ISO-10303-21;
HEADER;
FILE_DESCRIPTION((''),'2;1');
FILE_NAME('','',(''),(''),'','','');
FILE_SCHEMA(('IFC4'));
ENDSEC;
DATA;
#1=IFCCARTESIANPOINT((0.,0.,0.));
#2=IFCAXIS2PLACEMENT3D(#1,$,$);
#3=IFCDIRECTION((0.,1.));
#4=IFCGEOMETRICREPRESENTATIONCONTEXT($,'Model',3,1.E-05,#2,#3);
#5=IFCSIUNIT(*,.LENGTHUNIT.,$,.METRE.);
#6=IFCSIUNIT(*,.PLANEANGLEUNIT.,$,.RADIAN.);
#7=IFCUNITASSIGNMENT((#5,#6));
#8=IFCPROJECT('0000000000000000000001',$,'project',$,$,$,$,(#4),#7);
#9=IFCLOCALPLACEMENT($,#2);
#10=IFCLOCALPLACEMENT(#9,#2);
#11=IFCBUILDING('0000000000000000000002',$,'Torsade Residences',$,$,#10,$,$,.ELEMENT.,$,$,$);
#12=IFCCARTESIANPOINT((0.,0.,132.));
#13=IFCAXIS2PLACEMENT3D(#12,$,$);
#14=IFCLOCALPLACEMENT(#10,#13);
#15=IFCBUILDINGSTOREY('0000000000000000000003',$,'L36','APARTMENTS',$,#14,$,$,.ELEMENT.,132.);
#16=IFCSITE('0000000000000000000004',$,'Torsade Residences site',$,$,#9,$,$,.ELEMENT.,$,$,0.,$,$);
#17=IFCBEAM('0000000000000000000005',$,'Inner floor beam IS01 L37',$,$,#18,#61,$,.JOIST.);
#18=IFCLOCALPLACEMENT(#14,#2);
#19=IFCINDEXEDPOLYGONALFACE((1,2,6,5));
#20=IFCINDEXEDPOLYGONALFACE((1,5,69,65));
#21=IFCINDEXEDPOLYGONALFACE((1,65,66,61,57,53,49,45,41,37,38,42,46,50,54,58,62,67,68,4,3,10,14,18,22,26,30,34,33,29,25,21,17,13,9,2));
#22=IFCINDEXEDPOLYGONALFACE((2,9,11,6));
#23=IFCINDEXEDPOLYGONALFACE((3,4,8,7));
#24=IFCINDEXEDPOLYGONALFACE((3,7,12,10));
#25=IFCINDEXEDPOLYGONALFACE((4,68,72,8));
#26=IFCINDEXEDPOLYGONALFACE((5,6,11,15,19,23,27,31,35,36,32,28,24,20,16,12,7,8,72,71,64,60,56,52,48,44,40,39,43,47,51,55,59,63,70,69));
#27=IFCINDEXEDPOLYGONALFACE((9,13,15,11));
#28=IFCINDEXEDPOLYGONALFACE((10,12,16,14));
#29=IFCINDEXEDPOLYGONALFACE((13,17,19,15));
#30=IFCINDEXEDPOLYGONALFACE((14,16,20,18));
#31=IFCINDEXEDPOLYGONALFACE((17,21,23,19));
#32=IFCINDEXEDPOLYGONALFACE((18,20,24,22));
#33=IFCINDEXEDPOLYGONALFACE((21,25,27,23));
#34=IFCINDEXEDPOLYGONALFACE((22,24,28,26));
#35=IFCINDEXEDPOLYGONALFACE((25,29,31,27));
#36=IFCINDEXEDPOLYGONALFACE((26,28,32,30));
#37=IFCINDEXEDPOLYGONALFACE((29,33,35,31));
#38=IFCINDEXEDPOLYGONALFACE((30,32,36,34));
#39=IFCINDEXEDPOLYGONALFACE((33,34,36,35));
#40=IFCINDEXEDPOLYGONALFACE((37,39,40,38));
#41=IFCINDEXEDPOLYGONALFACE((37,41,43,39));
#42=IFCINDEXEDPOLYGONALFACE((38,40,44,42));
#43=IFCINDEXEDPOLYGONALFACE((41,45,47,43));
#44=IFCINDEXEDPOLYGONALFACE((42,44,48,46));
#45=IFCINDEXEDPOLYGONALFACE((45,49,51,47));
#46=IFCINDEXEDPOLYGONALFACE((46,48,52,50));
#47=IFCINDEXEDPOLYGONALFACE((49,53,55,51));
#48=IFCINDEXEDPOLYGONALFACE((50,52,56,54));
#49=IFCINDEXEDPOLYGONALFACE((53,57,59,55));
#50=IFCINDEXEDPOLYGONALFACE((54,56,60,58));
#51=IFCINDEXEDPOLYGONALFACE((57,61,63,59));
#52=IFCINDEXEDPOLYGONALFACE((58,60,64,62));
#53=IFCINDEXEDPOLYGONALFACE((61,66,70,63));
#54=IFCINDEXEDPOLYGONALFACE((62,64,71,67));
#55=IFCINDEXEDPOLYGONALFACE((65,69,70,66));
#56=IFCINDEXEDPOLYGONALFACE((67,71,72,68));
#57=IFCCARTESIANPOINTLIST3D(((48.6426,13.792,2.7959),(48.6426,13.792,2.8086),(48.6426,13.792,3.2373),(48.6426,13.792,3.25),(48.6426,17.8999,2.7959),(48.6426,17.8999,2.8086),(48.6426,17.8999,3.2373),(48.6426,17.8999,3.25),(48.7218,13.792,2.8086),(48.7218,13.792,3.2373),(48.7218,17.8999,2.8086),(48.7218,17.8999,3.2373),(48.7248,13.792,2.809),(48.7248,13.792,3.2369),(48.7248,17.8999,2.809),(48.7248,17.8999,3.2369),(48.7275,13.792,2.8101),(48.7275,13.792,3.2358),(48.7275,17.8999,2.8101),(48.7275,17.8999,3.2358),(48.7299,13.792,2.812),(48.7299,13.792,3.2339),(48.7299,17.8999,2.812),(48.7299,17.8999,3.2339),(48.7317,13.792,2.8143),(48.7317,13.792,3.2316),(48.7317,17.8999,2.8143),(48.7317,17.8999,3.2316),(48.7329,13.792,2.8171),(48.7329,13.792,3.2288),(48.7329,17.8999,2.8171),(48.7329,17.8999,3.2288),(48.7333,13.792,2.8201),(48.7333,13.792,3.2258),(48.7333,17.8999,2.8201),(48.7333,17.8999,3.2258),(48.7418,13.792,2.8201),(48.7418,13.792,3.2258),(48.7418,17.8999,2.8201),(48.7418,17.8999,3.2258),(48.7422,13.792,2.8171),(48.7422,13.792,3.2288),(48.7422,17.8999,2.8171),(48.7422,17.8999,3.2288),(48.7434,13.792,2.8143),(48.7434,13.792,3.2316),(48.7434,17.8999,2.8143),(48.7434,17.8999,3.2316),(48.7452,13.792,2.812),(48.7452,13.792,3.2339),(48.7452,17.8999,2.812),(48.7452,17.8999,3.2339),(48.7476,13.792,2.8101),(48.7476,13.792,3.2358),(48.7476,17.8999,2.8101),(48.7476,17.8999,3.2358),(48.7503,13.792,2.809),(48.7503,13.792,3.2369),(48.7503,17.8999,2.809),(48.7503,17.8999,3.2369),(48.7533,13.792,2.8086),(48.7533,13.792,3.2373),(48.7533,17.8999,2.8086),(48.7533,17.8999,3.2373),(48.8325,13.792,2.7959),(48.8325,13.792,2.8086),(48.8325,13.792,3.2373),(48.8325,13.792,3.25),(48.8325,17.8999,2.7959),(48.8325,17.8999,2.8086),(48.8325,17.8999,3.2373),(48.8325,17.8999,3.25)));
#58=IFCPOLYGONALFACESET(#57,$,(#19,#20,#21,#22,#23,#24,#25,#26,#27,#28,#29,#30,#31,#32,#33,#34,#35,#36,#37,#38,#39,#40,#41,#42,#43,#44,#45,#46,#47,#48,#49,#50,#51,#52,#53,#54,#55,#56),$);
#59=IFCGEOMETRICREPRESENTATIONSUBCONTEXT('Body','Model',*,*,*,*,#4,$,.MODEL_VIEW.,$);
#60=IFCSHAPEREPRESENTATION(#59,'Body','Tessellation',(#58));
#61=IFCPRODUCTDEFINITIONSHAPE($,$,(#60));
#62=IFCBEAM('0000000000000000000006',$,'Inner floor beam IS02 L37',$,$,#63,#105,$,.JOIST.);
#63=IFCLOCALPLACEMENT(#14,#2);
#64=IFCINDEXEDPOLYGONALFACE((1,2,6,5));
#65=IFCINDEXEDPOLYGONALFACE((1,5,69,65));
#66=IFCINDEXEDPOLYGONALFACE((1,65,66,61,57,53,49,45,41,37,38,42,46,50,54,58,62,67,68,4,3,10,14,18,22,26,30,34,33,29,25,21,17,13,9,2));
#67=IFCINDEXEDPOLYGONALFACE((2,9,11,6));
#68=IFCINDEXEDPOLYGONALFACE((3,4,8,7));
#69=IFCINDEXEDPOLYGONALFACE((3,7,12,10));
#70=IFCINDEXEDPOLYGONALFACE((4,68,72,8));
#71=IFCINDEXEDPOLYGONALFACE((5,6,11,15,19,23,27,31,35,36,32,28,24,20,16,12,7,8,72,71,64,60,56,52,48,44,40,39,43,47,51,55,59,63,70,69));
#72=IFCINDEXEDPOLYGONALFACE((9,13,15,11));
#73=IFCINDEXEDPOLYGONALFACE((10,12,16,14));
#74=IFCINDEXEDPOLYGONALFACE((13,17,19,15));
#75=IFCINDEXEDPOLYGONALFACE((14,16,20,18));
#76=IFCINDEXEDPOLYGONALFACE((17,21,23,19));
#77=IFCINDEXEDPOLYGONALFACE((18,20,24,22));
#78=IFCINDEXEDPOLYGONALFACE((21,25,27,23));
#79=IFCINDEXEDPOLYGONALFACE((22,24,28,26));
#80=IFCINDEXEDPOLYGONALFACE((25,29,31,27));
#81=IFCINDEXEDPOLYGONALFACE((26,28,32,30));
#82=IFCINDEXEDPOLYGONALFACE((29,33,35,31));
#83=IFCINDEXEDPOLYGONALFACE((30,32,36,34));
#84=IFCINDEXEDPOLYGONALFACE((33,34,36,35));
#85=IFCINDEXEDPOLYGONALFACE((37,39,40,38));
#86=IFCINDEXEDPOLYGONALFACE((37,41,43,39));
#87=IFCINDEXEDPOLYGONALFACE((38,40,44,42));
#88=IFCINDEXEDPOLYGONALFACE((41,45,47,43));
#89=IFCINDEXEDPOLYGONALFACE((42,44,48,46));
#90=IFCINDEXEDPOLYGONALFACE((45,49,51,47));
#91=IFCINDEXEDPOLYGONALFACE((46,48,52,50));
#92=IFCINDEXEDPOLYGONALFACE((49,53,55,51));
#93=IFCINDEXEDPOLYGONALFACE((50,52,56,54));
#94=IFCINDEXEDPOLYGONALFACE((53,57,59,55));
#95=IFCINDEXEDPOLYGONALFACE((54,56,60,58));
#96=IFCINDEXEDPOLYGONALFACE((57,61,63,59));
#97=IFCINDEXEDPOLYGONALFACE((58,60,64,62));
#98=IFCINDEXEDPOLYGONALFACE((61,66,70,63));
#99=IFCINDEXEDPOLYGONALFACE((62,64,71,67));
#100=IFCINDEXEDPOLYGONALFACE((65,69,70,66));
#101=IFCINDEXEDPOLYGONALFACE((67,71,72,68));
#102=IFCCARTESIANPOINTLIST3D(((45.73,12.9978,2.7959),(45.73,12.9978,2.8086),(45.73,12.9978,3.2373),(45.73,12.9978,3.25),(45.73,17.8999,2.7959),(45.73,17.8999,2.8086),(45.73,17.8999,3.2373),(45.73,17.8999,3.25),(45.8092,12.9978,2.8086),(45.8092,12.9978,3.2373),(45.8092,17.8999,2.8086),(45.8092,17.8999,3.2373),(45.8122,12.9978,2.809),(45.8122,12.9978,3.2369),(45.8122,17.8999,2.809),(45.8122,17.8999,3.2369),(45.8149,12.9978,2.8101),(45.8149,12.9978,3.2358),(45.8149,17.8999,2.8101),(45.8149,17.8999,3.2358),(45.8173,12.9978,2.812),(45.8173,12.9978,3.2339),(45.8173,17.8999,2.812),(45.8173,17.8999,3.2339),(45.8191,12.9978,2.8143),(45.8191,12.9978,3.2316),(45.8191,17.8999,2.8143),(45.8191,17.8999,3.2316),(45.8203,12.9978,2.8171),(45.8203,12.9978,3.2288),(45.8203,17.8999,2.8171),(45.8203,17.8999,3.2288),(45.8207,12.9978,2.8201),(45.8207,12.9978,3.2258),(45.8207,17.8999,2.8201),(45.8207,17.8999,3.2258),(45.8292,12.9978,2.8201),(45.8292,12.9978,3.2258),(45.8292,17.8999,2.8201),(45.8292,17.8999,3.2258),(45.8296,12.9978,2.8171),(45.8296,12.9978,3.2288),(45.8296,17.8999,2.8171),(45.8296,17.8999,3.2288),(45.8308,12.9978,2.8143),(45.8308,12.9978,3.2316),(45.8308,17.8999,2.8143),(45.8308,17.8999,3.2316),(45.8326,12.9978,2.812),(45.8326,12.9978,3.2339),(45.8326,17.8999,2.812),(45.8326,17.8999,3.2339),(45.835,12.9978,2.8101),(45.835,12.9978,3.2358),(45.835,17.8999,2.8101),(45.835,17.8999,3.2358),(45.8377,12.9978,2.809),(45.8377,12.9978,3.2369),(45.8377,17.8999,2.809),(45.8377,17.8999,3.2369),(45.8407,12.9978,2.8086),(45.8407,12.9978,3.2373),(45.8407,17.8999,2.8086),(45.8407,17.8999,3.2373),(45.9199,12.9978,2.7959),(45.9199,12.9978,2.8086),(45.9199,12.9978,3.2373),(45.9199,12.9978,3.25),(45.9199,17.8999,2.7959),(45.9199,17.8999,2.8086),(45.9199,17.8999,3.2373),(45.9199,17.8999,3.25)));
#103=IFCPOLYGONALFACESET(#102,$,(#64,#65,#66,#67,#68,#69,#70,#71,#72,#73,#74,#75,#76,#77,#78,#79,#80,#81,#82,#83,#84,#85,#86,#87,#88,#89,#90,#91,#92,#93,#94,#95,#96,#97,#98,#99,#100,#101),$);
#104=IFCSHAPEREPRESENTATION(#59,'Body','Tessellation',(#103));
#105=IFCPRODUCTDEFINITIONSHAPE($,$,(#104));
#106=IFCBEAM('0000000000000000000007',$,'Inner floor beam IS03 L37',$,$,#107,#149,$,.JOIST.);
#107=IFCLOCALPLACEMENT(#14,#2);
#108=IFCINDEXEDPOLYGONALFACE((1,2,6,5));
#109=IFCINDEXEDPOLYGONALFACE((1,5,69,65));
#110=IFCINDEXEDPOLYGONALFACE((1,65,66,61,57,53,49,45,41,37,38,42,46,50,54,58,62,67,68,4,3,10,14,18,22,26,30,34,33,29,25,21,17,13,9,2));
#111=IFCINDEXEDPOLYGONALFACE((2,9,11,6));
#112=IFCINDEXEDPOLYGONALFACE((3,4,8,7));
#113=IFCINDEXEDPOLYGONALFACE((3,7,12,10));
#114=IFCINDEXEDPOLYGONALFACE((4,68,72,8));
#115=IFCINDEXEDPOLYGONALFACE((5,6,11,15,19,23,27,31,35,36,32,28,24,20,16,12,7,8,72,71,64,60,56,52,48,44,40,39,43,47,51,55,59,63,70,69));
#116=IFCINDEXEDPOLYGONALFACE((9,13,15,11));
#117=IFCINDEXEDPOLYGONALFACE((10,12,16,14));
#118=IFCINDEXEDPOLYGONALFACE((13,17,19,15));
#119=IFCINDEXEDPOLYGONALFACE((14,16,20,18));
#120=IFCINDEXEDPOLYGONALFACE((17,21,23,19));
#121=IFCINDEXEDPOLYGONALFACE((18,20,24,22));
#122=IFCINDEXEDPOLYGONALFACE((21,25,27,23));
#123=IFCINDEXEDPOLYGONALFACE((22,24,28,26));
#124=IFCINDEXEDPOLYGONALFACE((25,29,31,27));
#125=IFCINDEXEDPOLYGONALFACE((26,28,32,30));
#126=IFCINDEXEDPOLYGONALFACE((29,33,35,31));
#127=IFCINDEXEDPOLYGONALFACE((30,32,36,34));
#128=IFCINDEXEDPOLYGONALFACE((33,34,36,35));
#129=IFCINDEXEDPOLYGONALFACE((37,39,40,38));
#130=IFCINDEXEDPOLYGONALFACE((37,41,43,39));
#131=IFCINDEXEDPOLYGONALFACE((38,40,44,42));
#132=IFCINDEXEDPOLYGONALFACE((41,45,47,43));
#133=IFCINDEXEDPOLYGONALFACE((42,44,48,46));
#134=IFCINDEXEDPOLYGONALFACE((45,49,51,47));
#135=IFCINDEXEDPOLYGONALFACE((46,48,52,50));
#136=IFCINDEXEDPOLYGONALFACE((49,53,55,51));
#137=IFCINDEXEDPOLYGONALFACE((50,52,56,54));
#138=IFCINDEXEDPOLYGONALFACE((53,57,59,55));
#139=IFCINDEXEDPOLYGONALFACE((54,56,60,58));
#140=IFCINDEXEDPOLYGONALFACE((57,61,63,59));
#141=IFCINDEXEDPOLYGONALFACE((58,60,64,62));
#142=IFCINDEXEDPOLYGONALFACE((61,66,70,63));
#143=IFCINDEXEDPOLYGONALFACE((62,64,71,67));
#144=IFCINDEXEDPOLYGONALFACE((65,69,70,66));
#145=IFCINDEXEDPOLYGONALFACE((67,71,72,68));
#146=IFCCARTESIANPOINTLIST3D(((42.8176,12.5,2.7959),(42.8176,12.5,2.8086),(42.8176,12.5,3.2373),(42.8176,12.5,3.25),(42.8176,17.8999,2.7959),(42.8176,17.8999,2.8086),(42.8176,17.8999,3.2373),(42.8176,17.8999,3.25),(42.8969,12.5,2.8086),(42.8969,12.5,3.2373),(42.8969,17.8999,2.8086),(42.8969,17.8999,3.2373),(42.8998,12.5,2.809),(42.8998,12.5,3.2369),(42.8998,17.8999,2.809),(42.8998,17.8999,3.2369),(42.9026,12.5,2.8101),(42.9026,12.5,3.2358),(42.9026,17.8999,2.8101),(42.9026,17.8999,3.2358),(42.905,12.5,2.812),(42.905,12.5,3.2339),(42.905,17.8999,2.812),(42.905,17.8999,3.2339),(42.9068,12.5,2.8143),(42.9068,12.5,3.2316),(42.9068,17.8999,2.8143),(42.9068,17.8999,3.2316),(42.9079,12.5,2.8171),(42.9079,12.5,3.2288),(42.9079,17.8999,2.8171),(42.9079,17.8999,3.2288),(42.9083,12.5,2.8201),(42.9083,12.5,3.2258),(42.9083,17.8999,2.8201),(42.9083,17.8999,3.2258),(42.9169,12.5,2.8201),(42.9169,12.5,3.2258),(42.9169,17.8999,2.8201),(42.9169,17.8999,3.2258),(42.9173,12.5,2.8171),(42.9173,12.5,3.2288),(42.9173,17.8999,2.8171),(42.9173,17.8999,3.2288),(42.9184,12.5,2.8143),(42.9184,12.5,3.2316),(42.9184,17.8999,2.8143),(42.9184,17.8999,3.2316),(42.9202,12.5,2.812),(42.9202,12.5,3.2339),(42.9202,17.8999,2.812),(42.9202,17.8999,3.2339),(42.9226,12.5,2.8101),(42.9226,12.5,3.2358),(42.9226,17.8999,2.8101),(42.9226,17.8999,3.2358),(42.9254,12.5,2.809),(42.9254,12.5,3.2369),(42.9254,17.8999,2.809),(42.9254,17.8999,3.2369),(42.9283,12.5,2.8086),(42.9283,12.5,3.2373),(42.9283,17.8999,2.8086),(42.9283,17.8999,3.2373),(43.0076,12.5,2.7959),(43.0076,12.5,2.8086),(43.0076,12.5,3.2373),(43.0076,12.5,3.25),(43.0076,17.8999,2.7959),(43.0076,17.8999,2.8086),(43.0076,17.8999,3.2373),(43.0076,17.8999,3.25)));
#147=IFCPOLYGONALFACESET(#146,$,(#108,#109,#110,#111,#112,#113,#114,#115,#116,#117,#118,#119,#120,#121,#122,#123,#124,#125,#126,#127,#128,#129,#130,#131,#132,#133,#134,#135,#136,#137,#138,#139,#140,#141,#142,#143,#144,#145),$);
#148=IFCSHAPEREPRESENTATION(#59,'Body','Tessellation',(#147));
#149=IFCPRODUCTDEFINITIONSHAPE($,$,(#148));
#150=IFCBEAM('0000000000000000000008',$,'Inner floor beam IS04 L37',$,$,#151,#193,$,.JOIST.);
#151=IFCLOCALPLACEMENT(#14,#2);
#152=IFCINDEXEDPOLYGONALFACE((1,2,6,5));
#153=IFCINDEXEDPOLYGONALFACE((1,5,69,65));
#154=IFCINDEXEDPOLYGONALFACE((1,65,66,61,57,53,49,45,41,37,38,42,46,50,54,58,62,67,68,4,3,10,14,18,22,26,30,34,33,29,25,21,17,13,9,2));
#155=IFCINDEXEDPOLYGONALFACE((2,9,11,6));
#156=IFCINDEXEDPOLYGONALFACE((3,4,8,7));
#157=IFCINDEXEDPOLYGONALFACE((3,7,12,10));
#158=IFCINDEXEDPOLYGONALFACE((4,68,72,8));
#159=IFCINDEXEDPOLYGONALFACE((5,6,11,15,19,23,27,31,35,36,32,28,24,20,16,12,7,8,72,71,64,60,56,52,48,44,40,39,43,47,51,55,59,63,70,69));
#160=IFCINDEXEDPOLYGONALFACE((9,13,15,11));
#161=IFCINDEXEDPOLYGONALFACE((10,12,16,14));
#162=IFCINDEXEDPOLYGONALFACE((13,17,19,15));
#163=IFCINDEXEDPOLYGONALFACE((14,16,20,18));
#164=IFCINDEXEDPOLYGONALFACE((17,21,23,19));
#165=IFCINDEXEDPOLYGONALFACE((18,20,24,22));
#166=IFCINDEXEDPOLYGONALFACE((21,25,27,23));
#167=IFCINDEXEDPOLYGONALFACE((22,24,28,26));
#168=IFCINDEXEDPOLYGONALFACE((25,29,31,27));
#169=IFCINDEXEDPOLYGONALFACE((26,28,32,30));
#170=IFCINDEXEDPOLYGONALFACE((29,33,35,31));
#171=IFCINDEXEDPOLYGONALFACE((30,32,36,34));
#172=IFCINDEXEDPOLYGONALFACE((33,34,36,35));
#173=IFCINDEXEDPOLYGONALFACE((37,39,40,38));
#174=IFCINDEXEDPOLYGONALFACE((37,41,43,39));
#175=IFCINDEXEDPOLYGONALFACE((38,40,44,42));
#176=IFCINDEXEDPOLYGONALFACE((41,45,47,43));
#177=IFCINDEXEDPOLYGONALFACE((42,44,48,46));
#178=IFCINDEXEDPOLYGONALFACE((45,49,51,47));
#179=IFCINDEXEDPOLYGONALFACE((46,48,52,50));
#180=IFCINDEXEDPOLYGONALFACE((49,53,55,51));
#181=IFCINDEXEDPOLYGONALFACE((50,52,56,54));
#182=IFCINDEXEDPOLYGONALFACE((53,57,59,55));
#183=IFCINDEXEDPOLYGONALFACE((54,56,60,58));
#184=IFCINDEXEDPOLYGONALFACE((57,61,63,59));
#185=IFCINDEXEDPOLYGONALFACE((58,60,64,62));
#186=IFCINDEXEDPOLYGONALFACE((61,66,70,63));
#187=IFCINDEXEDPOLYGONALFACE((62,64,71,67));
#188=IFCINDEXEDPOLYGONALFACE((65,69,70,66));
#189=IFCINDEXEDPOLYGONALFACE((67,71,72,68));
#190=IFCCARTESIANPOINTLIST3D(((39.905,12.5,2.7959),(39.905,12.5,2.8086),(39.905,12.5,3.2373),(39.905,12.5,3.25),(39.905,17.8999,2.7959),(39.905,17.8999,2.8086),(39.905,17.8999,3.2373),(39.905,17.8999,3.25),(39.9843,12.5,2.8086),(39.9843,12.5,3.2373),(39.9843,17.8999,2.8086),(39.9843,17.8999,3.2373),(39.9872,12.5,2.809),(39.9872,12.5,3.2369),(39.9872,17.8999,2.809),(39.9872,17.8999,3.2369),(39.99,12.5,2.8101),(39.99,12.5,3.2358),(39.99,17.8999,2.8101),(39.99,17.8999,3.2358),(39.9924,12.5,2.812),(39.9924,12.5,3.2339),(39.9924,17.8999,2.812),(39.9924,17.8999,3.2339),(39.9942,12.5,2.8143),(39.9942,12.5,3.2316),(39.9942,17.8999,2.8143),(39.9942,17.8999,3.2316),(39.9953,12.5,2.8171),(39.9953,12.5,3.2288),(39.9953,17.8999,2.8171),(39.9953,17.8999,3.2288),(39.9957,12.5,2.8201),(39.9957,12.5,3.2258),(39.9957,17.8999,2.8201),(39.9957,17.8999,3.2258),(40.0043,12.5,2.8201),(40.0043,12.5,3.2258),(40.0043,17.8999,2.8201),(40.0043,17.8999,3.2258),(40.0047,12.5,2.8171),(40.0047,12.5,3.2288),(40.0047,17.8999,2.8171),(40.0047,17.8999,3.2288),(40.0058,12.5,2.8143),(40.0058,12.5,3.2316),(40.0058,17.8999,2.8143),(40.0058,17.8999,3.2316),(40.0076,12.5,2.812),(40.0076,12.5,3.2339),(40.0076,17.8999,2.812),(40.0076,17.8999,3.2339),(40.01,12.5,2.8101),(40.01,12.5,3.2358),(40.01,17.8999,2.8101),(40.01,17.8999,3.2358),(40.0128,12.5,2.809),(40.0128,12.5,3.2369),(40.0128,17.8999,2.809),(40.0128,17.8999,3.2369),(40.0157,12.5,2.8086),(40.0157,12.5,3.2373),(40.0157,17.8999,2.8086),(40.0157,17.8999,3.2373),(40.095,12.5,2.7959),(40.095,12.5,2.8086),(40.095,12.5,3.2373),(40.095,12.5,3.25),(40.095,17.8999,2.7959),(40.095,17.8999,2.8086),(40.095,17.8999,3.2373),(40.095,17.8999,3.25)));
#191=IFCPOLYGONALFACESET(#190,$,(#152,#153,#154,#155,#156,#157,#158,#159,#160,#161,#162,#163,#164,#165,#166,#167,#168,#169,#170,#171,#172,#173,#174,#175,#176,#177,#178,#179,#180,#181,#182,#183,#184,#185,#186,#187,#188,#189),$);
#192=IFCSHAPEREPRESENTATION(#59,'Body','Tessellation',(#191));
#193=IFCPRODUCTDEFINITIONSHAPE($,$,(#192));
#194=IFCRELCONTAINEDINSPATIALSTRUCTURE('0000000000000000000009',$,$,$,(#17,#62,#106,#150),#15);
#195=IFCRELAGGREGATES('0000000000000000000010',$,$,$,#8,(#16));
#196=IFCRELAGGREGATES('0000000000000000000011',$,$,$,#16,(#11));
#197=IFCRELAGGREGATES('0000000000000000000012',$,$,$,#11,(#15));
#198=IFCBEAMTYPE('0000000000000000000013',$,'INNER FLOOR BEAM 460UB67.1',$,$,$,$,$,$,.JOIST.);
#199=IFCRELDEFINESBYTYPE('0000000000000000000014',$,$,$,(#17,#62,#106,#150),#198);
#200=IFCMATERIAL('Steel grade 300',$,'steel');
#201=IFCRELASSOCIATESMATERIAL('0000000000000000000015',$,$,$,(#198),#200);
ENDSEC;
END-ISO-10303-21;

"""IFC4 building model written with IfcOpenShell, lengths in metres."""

from ifc_helpers import new_model, si_unit, direction, frame, origin, origin_2d, place, context, subcontext, project, spatial, i_section, extrude, material, material_profile, profile_set, type_object, element, save


model = new_model("IFC4")

# Units and contexts
model_context = context("Model", 3, precision=1e-05, world=origin(), true_north=direction((0.0, 1.0)))
body_context = subcontext(model_context, "Body", "Model", "MODEL_VIEW")
ifc_project = project(units=[si_unit("LENGTHUNIT", "METRE"), si_unit("PLANEANGLEUNIT", "RADIAN")], contexts=[model_context])

# Site, building, storey
site_placement = place(None, origin())
site = spatial("IfcSite", under=ifc_project, at=site_placement, Name="Torsade Residences site", CompositionType="ELEMENT", RefElevation=0.0)
building_placement = place(site_placement, origin())
building = spatial("IfcBuilding", under=site, at=building_placement, Name="Torsade Residences", CompositionType="ELEMENT")
storey_placement = place(building_placement, frame((0.0, 0.0, 132.0)))
storey = spatial("IfcBuildingStorey", under=building, at=storey_placement, Name="L36", Description="APARTMENTS", CompositionType="ELEMENT", Elevation=132.0)

# Beams
ifc_material_1 = material(Name="Steel grade 300", Category="steel")
ifc_material_profile = material_profile(ifc_material_1, i_section(OverallWidth=0.1899, OverallDepth=0.4541, WebThickness=0.0085, FlangeThickness=0.0127, FilletRadius=0.0115, at=origin_2d()), Name="460UB67.1")
ifc_profile_set = profile_set([ifc_material_profile], Name="Steel grade 300")
beam_type = type_object("IfcBeamType", Name="INNER FLOOR BEAM 460UB67.1", PredefinedType="JOIST", material=ifc_profile_set)
beam_1_placement = place(storey_placement, frame((48.7375, 17.8999, 3.0229), z_axis=(0.0, -1.0, 0.0), x_axis=(1.0, 0.0, 0.0)))
element("IfcBeam", 1, at=beam_1_placement, inside=storey, type_object=beam_type, Name="Inner floor beam IS01 L37", PredefinedType="JOIST", context=body_context, shape_type="SweptSolid", body=[
    extrude(i_section(OverallWidth=0.1899, OverallDepth=0.4541, WebThickness=0.0085, FlangeThickness=0.0127, FilletRadius=0.0115, at=origin_2d()), origin(), (0.0, 0.0, 1.0), 4.1079),
])
beam_2_placement = place(storey_placement, frame((45.825, 17.8999, 3.0229), z_axis=(0.0, -1.0, 0.0), x_axis=(1.0, 0.0, 0.0)))
element("IfcBeam", 2, at=beam_2_placement, inside=storey, type_object=beam_type, Name="Inner floor beam IS02 L37", PredefinedType="JOIST", context=body_context, shape_type="SweptSolid", body=[
    extrude(i_section(OverallWidth=0.1899, OverallDepth=0.4541, WebThickness=0.0085, FlangeThickness=0.0127, FilletRadius=0.0115, at=origin_2d()), origin(), (0.0, 0.0, 1.0), 4.9021),
])
for number, where, z_axis, x_axis, name in (
    (3, (42.9126, 17.8999, 3.0229), (0.0, -1.0, 0.0), (1.0, 0.0, 0.0), "Inner floor beam IS03 L37"),
    (4, (40.0, 17.8999, 3.0229), (0.0, -1.0, 0.0), (1.0, 0.0, 0.0), "Inner floor beam IS04 L37"),
):
    element("IfcBeam", number, at=place(storey_placement, frame(where, z_axis=z_axis, x_axis=x_axis)), inside=storey, type_object=beam_type, Name=name, PredefinedType="JOIST", context=body_context, shape_type="SweptSolid", body=[
        extrude(i_section(OverallWidth=0.1899, OverallDepth=0.4541, WebThickness=0.0085, FlangeThickness=0.0127, FilletRadius=0.0115, at=origin_2d()), origin(), (0.0, 0.0, 1.0), 5.3999),
    ])

save(model, "model.ifc")
